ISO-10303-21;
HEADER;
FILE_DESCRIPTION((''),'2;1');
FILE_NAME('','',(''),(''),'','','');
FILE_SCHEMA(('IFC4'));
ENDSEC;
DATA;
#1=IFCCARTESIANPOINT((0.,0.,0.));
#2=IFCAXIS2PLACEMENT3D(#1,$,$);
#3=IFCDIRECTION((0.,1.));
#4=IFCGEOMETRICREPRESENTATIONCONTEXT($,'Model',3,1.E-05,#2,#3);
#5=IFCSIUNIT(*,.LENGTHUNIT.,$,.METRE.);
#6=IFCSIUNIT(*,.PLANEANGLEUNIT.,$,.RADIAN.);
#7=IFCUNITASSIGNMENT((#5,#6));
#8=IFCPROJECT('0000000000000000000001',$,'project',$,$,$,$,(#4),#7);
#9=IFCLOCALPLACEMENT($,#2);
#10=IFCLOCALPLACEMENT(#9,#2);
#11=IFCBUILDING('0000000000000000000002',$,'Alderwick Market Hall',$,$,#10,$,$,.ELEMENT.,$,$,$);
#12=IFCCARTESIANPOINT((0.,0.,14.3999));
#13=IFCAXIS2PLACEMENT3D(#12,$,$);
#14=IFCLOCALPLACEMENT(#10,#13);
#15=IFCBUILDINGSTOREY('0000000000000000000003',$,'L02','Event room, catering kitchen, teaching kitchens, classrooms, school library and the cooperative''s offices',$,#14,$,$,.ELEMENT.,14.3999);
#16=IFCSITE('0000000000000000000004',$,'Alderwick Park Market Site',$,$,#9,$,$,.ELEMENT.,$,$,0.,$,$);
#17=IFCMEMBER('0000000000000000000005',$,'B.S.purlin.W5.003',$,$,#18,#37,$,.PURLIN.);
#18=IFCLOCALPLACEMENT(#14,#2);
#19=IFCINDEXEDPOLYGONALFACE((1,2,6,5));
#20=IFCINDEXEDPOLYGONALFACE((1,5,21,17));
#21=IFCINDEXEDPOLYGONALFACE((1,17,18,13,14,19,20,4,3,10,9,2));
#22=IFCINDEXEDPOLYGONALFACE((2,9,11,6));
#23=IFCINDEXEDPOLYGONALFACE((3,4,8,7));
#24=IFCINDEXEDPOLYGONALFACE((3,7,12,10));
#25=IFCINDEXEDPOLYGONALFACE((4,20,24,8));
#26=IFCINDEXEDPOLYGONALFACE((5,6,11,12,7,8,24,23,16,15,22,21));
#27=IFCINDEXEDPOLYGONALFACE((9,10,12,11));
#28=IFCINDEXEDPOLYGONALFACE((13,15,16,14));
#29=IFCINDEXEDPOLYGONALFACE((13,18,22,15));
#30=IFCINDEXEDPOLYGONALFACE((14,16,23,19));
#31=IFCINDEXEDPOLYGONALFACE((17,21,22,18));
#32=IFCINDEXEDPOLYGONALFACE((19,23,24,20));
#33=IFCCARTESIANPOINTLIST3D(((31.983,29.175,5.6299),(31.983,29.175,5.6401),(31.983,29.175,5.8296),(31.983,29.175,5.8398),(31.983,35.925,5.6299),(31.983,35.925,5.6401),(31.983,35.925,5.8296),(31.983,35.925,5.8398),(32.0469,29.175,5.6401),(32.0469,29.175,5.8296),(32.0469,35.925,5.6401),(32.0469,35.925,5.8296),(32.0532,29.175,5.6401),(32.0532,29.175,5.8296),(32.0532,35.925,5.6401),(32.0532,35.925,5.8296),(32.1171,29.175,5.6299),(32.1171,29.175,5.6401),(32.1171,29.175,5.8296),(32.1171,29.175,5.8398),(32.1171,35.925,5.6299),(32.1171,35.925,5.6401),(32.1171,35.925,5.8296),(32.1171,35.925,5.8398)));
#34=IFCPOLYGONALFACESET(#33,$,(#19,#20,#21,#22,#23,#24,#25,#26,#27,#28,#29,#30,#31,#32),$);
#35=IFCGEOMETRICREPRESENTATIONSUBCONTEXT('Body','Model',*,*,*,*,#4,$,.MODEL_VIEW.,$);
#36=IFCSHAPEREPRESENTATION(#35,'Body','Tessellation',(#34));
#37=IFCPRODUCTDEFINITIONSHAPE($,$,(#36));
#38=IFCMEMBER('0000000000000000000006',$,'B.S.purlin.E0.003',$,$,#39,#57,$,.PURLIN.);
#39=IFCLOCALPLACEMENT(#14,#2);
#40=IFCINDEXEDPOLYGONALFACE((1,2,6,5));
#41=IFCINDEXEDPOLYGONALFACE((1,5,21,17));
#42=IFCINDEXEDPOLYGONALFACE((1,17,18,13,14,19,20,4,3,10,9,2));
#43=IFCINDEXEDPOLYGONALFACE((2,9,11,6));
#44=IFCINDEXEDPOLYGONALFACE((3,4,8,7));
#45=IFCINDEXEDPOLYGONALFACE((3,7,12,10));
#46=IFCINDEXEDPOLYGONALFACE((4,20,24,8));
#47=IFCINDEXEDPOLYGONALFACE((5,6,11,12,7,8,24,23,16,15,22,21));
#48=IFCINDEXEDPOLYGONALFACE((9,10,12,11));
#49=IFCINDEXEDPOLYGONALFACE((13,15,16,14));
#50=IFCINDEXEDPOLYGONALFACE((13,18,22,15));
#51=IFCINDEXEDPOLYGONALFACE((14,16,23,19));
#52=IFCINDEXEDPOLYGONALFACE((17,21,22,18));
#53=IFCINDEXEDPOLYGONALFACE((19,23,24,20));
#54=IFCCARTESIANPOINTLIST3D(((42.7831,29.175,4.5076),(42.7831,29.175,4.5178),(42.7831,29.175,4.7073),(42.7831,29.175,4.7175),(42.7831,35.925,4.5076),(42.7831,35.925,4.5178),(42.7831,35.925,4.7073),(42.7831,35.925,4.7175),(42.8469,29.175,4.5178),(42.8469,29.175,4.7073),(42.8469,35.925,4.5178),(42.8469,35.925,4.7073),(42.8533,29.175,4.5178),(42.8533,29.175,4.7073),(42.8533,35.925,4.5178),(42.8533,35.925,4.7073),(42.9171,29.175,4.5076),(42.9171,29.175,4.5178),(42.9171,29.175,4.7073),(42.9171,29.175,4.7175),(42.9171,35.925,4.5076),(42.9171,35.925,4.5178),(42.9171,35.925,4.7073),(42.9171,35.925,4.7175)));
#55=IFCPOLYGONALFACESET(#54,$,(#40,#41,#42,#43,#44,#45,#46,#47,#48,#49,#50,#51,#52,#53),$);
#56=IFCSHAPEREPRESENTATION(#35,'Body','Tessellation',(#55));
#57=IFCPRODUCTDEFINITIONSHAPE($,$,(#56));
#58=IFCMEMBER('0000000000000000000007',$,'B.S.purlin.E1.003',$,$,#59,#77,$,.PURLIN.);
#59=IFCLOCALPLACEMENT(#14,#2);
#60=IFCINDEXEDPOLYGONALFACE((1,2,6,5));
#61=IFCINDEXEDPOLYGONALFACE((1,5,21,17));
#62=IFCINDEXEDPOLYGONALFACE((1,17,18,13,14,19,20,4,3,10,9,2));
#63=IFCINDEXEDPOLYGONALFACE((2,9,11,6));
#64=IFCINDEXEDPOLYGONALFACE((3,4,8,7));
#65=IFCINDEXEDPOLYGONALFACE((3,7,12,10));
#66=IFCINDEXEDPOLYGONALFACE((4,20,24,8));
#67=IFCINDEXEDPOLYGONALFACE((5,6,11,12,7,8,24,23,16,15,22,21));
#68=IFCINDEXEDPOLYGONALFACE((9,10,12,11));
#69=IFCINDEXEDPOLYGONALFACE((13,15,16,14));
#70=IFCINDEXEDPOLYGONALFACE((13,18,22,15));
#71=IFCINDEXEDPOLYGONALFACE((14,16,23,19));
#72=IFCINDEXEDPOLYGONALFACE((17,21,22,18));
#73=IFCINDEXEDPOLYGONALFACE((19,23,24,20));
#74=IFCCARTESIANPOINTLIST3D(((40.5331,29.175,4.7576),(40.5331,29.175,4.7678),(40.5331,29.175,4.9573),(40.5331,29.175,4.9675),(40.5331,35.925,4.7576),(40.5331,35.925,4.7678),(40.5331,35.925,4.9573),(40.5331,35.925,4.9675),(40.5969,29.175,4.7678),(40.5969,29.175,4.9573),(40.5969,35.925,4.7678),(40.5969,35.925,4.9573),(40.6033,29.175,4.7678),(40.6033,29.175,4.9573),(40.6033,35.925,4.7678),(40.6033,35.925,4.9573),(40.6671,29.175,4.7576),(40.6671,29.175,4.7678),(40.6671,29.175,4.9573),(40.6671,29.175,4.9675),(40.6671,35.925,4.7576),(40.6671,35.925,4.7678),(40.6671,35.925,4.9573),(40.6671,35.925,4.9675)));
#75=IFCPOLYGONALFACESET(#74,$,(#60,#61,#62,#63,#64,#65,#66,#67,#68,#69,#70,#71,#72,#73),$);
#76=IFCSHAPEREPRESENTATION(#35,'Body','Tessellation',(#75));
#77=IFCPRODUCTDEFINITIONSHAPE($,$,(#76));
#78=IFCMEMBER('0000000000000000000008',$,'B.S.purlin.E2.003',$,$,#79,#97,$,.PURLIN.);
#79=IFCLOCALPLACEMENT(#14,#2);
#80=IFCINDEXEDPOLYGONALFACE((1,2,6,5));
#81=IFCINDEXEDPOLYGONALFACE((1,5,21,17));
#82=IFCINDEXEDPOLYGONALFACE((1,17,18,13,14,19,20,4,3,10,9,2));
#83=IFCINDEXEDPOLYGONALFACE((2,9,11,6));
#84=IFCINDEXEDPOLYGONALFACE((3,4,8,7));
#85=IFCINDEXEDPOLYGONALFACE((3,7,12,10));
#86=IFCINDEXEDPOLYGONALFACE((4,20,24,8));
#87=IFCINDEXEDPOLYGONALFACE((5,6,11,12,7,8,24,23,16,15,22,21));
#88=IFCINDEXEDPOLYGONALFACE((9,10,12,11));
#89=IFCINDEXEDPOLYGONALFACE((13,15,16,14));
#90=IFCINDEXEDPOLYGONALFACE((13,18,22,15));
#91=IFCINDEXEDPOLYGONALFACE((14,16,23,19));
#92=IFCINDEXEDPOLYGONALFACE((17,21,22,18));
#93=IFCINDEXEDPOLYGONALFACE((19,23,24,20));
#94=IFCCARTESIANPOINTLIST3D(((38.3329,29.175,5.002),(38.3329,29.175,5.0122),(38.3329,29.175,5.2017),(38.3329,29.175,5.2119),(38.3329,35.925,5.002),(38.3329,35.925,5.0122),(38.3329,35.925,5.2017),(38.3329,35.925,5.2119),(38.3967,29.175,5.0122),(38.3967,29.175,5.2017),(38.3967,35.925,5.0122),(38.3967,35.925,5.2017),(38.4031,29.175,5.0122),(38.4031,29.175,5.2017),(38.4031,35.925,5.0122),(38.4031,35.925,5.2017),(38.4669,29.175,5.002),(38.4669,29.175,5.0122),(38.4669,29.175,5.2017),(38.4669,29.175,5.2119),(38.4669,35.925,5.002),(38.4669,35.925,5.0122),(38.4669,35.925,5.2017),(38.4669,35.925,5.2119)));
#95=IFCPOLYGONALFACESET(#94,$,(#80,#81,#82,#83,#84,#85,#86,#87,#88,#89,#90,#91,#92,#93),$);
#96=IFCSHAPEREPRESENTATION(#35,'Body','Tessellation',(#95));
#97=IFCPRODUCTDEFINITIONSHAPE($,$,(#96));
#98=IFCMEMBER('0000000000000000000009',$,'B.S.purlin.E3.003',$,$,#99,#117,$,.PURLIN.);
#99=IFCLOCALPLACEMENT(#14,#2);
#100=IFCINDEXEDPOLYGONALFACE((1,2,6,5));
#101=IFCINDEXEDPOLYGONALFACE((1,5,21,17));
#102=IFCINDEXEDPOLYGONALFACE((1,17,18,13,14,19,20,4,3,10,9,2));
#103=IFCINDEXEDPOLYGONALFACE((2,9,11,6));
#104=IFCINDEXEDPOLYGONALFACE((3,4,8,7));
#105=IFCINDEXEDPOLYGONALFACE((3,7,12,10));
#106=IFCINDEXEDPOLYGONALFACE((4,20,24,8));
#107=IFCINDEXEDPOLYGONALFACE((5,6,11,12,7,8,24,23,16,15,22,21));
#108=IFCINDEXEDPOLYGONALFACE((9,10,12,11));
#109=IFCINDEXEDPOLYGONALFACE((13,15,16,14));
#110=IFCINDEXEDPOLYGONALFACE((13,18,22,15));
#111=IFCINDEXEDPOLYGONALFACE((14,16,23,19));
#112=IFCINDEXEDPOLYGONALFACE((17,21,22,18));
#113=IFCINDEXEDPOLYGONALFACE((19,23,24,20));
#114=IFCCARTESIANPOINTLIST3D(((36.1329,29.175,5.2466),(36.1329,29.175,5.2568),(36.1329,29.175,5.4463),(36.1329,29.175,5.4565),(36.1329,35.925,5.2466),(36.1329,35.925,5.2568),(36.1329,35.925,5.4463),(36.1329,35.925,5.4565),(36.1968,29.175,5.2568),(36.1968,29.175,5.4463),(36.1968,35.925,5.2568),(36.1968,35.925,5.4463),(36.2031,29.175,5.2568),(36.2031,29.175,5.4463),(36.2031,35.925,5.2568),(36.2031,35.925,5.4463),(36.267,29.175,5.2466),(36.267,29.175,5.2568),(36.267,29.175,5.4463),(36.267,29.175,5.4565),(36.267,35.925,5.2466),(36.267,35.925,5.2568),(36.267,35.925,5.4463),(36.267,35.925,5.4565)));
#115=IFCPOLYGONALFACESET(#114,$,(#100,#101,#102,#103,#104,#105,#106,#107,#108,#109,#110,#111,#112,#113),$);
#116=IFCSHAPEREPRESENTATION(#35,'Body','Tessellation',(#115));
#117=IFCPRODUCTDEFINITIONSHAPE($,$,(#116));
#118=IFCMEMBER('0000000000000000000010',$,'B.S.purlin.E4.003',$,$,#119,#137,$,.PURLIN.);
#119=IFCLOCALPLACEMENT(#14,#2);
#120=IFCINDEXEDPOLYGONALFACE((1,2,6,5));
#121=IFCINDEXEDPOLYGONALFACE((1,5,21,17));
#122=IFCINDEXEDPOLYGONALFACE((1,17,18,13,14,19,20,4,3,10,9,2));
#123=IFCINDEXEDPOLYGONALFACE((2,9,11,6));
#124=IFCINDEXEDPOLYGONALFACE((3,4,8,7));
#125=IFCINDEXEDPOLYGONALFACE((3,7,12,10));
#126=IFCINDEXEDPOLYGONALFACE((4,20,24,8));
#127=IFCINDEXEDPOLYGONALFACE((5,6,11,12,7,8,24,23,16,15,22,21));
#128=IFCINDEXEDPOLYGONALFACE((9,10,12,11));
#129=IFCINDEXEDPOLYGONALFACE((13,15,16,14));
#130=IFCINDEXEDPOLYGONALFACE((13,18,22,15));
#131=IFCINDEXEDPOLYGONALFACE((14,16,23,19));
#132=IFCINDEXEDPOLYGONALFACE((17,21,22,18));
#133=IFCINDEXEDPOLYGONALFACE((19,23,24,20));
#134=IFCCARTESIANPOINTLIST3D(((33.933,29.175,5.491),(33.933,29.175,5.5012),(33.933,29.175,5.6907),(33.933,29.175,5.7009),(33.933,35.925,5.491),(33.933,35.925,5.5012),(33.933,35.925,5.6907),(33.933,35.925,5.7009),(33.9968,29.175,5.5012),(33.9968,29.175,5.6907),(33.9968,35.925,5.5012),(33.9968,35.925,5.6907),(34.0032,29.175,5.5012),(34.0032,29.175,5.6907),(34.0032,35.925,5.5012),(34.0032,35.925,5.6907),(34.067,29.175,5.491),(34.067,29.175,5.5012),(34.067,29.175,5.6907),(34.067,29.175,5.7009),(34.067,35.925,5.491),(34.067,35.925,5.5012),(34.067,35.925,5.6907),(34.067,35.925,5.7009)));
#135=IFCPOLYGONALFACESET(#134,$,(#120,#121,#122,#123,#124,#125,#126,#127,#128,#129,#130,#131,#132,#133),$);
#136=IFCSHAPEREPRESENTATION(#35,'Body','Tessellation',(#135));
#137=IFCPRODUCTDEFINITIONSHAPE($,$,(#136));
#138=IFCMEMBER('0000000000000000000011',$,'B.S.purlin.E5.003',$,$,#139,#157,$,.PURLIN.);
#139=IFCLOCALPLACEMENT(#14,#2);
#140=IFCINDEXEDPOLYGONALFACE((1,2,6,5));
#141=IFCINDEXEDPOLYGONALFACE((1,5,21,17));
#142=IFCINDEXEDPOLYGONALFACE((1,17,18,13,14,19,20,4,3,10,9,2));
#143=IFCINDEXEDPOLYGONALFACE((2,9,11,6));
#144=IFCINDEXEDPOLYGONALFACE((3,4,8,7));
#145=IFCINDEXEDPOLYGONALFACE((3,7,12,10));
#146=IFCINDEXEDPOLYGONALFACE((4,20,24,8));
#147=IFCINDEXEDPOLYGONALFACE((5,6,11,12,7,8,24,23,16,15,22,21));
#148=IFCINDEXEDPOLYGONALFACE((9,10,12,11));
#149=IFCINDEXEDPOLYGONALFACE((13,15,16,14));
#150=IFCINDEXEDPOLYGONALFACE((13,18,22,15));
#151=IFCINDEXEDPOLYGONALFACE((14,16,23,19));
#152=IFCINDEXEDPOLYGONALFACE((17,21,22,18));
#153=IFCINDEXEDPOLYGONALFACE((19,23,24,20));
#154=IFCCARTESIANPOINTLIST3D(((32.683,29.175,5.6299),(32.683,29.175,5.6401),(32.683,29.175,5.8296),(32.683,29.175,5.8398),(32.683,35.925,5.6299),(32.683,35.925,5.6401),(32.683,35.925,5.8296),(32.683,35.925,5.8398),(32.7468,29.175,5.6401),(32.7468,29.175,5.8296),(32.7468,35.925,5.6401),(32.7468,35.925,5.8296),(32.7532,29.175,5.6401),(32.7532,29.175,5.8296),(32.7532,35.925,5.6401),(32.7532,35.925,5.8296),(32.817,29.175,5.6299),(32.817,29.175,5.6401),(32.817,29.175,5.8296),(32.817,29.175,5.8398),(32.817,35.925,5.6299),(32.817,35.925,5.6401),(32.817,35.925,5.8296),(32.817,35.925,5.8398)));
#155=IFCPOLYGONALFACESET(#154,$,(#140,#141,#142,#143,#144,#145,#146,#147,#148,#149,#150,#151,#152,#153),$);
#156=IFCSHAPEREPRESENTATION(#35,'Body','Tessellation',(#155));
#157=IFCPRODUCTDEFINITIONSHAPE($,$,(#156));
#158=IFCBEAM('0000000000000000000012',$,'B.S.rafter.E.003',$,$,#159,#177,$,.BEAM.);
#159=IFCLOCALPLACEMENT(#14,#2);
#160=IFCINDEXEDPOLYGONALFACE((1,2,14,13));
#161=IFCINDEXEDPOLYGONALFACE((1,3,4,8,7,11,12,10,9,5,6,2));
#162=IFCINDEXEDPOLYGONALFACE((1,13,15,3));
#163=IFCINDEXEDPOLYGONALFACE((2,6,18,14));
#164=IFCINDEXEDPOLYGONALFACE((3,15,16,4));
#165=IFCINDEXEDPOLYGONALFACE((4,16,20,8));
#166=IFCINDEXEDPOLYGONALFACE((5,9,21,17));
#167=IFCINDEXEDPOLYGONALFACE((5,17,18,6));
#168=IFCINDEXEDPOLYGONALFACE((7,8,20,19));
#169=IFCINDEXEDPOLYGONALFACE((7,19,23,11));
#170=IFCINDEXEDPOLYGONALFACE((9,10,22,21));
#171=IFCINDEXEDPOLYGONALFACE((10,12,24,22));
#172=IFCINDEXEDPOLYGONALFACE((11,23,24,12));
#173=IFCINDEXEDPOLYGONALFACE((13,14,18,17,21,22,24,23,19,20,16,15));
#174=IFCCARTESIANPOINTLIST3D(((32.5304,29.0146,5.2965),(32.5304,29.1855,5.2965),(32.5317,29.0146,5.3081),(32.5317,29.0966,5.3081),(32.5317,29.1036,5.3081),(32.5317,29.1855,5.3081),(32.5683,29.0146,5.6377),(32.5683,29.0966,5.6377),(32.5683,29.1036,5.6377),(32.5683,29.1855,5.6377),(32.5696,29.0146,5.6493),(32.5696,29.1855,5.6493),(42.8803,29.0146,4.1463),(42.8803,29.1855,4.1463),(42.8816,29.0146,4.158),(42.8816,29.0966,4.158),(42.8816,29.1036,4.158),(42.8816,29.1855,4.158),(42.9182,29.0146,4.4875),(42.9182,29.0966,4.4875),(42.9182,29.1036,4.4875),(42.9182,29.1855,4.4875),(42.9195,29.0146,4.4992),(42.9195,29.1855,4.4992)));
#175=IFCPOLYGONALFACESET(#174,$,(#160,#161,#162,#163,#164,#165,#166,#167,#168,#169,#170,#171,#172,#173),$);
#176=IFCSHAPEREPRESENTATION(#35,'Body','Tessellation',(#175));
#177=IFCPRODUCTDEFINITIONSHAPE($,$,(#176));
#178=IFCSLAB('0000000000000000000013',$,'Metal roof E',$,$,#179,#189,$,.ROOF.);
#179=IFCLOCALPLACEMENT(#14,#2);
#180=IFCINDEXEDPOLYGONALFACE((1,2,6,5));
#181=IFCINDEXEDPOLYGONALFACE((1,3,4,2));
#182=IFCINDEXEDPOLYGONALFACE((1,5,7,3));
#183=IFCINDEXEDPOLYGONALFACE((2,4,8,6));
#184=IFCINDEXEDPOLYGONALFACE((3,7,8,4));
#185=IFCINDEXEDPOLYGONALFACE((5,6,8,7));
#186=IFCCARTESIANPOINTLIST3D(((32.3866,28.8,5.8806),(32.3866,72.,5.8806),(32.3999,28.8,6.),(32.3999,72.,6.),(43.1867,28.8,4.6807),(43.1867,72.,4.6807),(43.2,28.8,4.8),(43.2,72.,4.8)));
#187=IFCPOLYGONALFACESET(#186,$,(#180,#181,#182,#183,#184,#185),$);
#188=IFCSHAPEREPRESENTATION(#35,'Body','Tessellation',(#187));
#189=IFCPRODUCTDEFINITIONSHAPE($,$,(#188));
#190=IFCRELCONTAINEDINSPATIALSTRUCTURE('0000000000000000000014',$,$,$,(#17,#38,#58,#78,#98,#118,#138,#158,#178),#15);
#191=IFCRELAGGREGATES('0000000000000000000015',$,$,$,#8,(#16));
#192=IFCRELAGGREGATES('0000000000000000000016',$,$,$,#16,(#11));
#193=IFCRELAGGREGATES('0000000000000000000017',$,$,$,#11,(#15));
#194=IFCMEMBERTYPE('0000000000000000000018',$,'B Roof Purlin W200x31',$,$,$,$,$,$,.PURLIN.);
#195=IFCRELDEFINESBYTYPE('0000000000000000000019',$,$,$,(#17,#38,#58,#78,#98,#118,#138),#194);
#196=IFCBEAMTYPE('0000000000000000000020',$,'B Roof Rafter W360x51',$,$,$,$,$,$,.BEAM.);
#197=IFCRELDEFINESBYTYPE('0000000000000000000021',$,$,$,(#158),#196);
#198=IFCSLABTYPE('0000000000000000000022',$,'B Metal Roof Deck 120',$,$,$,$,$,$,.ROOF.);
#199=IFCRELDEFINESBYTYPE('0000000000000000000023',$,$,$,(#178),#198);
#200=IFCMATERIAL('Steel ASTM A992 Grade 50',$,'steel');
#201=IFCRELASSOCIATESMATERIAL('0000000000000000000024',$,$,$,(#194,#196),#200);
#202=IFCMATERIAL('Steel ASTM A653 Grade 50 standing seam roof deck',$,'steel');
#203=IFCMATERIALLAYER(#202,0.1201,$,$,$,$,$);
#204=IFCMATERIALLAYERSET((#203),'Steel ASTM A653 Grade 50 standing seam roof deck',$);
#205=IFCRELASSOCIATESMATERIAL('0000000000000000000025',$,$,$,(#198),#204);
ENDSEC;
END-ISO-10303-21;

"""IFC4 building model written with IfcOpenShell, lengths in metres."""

from ifc_helpers import new_model, si_unit, direction, frame, origin, origin_2d, place, context, subcontext, project, spatial, polyline, i_section, outline, extrude, material, layer, layer_set, material_profile, profile_set, type_object, element, save


model = new_model("IFC4")

# Units and contexts
model_context = context("Model", 3, precision=1e-05, world=origin(), true_north=direction((0.0, 1.0)))
body_context = subcontext(model_context, "Body", "Model", "MODEL_VIEW")
ifc_project = project(units=[si_unit("LENGTHUNIT", "METRE"), si_unit("PLANEANGLEUNIT", "RADIAN")], contexts=[model_context])

# Site, building, storey
site_placement = place(None, origin())
site = spatial("IfcSite", under=ifc_project, at=site_placement, Name="Alderwick Park Market Site", CompositionType="ELEMENT", RefElevation=0.0)
building_placement = place(site_placement, origin())
building = spatial("IfcBuilding", under=site, at=building_placement, Name="Alderwick Market Hall", CompositionType="ELEMENT")
storey_placement = place(building_placement, frame((0.0, 0.0, 14.3999)))
storey = spatial("IfcBuildingStorey", under=building, at=storey_placement, Name="L02", Description="Event room, catering kitchen, teaching kitchens, classrooms, school library and the cooperative's offices", CompositionType="ELEMENT", Elevation=14.3999)

# Members
ifc_material_1 = material(Name="Steel ASTM A992 Grade 50", Category="steel")
ifc_material_profile_1 = material_profile(ifc_material_1, i_section(OverallWidth=0.134, OverallDepth=0.21, WebThickness=0.0063, FlangeThickness=0.0103, at=origin_2d()), Name="W200x31")
ifc_profile_set_1 = profile_set([ifc_material_profile_1], Name="Steel ASTM A992 Grade 50")
member_type = type_object("IfcMemberType", Name="B Roof Purlin W200x31", PredefinedType="PURLIN", material=ifc_profile_set_1)
for number, where, z_axis, x_axis, name in (
    (1, (32.05, 29.175, 5.7349), (0.0, 1.0, 0.0), (-1.0, 0.0, 0.0), "B.S.purlin.W5.003"),
    (2, (42.8501, 29.175, 4.6125), (0.0, 1.0, 0.0), (-1.0, 0.0, 0.0), "B.S.purlin.E0.003"),
    (3, (40.6001, 29.175, 4.8625), (0.0, 1.0, 0.0), (-1.0, 0.0, 0.0), "B.S.purlin.E1.003"),
    (4, (38.3999, 29.175, 5.1069), (0.0, 1.0, 0.0), (-1.0, 0.0, 0.0), "B.S.purlin.E2.003"),
    (5, (36.2, 29.175, 5.3516), (0.0, 1.0, 0.0), (-1.0, 0.0, 0.0), "B.S.purlin.E3.003"),
    (6, (34.0, 29.175, 5.5959), (0.0, 1.0, 0.0), (-1.0, 0.0, 0.0), "B.S.purlin.E4.003"),
    (7, (32.75, 29.175, 5.7349), (0.0, 1.0, 0.0), (-1.0, 0.0, 0.0), "B.S.purlin.E5.003"),
):
    element("IfcMember", number, at=place(storey_placement, frame(where, z_axis=z_axis, x_axis=x_axis)), inside=storey, type_object=member_type, Name=name, PredefinedType="PURLIN", context=body_context, shape_type="SweptSolid", body=[
        extrude(i_section(OverallWidth=0.134, OverallDepth=0.21, WebThickness=0.0063, FlangeThickness=0.0103, at=origin_2d()), origin(), (0.0, 0.0, 1.0), 6.75),
    ])

# Beam
ifc_material_profile_2 = material_profile(ifc_material_1, i_section(OverallWidth=0.1709, OverallDepth=0.355, WebThickness=0.0071, FlangeThickness=0.0117, at=origin_2d()), Name="W360x51")
ifc_profile_set_2 = profile_set([ifc_material_profile_2], Name="Steel ASTM A992 Grade 50")
beam_type = type_object("IfcBeamType", Name="B Roof Rafter W360x51", PredefinedType="BEAM", material=ifc_profile_set_2)
beam_placement = place(storey_placement, frame((42.8999, 29.1001, 4.3228), z_axis=(-0.993882, 0.0, 0.110447), x_axis=(0.0, -1.0, 0.0)))
element("IfcBeam", 8, at=beam_placement, inside=storey, type_object=beam_type, Name="B.S.rafter.E.003", PredefinedType="BEAM", context=body_context, shape_type="SweptSolid", body=[
    extrude(i_section(OverallWidth=0.1709, OverallDepth=0.355, WebThickness=0.0071, FlangeThickness=0.0117, at=origin_2d()), origin(), (0.0, 0.0, 1.0), 10.4136),
])

# Slab
ifc_material_2 = material(Name="Steel ASTM A653 Grade 50 standing seam roof deck", Category="steel")
ifc_layer_1 = layer(ifc_material_2, 0.1201)
ifc_layer_set_1 = layer_set([ifc_layer_1], Name="Steel ASTM A653 Grade 50 standing seam roof deck")
slab_type = type_object("IfcSlabType", Name="B Metal Roof Deck 120", PredefinedType="ROOF", material=ifc_layer_set_1)
slab_placement = place(storey_placement, frame((32.3999, 28.8, 6.0), z_axis=(0.110427, 0.0, 0.993884), x_axis=(0.993884, 0.0, -0.110427)))
element("IfcSlab", 9, at=slab_placement, inside=storey, type_object=slab_type, Name="Metal roof E", PredefinedType="ROOF", context=body_context, shape_type="SweptSolid", body=[
    extrude(outline(polyline([(0.0, 0.0), (10.8665, 0.0), (10.8665, 43.2), (0.0, 43.2), (0.0, 0.0)])), origin(), (0.0, 0.0, -1.0), 0.1201),
])

save(model, "model.ifc")
